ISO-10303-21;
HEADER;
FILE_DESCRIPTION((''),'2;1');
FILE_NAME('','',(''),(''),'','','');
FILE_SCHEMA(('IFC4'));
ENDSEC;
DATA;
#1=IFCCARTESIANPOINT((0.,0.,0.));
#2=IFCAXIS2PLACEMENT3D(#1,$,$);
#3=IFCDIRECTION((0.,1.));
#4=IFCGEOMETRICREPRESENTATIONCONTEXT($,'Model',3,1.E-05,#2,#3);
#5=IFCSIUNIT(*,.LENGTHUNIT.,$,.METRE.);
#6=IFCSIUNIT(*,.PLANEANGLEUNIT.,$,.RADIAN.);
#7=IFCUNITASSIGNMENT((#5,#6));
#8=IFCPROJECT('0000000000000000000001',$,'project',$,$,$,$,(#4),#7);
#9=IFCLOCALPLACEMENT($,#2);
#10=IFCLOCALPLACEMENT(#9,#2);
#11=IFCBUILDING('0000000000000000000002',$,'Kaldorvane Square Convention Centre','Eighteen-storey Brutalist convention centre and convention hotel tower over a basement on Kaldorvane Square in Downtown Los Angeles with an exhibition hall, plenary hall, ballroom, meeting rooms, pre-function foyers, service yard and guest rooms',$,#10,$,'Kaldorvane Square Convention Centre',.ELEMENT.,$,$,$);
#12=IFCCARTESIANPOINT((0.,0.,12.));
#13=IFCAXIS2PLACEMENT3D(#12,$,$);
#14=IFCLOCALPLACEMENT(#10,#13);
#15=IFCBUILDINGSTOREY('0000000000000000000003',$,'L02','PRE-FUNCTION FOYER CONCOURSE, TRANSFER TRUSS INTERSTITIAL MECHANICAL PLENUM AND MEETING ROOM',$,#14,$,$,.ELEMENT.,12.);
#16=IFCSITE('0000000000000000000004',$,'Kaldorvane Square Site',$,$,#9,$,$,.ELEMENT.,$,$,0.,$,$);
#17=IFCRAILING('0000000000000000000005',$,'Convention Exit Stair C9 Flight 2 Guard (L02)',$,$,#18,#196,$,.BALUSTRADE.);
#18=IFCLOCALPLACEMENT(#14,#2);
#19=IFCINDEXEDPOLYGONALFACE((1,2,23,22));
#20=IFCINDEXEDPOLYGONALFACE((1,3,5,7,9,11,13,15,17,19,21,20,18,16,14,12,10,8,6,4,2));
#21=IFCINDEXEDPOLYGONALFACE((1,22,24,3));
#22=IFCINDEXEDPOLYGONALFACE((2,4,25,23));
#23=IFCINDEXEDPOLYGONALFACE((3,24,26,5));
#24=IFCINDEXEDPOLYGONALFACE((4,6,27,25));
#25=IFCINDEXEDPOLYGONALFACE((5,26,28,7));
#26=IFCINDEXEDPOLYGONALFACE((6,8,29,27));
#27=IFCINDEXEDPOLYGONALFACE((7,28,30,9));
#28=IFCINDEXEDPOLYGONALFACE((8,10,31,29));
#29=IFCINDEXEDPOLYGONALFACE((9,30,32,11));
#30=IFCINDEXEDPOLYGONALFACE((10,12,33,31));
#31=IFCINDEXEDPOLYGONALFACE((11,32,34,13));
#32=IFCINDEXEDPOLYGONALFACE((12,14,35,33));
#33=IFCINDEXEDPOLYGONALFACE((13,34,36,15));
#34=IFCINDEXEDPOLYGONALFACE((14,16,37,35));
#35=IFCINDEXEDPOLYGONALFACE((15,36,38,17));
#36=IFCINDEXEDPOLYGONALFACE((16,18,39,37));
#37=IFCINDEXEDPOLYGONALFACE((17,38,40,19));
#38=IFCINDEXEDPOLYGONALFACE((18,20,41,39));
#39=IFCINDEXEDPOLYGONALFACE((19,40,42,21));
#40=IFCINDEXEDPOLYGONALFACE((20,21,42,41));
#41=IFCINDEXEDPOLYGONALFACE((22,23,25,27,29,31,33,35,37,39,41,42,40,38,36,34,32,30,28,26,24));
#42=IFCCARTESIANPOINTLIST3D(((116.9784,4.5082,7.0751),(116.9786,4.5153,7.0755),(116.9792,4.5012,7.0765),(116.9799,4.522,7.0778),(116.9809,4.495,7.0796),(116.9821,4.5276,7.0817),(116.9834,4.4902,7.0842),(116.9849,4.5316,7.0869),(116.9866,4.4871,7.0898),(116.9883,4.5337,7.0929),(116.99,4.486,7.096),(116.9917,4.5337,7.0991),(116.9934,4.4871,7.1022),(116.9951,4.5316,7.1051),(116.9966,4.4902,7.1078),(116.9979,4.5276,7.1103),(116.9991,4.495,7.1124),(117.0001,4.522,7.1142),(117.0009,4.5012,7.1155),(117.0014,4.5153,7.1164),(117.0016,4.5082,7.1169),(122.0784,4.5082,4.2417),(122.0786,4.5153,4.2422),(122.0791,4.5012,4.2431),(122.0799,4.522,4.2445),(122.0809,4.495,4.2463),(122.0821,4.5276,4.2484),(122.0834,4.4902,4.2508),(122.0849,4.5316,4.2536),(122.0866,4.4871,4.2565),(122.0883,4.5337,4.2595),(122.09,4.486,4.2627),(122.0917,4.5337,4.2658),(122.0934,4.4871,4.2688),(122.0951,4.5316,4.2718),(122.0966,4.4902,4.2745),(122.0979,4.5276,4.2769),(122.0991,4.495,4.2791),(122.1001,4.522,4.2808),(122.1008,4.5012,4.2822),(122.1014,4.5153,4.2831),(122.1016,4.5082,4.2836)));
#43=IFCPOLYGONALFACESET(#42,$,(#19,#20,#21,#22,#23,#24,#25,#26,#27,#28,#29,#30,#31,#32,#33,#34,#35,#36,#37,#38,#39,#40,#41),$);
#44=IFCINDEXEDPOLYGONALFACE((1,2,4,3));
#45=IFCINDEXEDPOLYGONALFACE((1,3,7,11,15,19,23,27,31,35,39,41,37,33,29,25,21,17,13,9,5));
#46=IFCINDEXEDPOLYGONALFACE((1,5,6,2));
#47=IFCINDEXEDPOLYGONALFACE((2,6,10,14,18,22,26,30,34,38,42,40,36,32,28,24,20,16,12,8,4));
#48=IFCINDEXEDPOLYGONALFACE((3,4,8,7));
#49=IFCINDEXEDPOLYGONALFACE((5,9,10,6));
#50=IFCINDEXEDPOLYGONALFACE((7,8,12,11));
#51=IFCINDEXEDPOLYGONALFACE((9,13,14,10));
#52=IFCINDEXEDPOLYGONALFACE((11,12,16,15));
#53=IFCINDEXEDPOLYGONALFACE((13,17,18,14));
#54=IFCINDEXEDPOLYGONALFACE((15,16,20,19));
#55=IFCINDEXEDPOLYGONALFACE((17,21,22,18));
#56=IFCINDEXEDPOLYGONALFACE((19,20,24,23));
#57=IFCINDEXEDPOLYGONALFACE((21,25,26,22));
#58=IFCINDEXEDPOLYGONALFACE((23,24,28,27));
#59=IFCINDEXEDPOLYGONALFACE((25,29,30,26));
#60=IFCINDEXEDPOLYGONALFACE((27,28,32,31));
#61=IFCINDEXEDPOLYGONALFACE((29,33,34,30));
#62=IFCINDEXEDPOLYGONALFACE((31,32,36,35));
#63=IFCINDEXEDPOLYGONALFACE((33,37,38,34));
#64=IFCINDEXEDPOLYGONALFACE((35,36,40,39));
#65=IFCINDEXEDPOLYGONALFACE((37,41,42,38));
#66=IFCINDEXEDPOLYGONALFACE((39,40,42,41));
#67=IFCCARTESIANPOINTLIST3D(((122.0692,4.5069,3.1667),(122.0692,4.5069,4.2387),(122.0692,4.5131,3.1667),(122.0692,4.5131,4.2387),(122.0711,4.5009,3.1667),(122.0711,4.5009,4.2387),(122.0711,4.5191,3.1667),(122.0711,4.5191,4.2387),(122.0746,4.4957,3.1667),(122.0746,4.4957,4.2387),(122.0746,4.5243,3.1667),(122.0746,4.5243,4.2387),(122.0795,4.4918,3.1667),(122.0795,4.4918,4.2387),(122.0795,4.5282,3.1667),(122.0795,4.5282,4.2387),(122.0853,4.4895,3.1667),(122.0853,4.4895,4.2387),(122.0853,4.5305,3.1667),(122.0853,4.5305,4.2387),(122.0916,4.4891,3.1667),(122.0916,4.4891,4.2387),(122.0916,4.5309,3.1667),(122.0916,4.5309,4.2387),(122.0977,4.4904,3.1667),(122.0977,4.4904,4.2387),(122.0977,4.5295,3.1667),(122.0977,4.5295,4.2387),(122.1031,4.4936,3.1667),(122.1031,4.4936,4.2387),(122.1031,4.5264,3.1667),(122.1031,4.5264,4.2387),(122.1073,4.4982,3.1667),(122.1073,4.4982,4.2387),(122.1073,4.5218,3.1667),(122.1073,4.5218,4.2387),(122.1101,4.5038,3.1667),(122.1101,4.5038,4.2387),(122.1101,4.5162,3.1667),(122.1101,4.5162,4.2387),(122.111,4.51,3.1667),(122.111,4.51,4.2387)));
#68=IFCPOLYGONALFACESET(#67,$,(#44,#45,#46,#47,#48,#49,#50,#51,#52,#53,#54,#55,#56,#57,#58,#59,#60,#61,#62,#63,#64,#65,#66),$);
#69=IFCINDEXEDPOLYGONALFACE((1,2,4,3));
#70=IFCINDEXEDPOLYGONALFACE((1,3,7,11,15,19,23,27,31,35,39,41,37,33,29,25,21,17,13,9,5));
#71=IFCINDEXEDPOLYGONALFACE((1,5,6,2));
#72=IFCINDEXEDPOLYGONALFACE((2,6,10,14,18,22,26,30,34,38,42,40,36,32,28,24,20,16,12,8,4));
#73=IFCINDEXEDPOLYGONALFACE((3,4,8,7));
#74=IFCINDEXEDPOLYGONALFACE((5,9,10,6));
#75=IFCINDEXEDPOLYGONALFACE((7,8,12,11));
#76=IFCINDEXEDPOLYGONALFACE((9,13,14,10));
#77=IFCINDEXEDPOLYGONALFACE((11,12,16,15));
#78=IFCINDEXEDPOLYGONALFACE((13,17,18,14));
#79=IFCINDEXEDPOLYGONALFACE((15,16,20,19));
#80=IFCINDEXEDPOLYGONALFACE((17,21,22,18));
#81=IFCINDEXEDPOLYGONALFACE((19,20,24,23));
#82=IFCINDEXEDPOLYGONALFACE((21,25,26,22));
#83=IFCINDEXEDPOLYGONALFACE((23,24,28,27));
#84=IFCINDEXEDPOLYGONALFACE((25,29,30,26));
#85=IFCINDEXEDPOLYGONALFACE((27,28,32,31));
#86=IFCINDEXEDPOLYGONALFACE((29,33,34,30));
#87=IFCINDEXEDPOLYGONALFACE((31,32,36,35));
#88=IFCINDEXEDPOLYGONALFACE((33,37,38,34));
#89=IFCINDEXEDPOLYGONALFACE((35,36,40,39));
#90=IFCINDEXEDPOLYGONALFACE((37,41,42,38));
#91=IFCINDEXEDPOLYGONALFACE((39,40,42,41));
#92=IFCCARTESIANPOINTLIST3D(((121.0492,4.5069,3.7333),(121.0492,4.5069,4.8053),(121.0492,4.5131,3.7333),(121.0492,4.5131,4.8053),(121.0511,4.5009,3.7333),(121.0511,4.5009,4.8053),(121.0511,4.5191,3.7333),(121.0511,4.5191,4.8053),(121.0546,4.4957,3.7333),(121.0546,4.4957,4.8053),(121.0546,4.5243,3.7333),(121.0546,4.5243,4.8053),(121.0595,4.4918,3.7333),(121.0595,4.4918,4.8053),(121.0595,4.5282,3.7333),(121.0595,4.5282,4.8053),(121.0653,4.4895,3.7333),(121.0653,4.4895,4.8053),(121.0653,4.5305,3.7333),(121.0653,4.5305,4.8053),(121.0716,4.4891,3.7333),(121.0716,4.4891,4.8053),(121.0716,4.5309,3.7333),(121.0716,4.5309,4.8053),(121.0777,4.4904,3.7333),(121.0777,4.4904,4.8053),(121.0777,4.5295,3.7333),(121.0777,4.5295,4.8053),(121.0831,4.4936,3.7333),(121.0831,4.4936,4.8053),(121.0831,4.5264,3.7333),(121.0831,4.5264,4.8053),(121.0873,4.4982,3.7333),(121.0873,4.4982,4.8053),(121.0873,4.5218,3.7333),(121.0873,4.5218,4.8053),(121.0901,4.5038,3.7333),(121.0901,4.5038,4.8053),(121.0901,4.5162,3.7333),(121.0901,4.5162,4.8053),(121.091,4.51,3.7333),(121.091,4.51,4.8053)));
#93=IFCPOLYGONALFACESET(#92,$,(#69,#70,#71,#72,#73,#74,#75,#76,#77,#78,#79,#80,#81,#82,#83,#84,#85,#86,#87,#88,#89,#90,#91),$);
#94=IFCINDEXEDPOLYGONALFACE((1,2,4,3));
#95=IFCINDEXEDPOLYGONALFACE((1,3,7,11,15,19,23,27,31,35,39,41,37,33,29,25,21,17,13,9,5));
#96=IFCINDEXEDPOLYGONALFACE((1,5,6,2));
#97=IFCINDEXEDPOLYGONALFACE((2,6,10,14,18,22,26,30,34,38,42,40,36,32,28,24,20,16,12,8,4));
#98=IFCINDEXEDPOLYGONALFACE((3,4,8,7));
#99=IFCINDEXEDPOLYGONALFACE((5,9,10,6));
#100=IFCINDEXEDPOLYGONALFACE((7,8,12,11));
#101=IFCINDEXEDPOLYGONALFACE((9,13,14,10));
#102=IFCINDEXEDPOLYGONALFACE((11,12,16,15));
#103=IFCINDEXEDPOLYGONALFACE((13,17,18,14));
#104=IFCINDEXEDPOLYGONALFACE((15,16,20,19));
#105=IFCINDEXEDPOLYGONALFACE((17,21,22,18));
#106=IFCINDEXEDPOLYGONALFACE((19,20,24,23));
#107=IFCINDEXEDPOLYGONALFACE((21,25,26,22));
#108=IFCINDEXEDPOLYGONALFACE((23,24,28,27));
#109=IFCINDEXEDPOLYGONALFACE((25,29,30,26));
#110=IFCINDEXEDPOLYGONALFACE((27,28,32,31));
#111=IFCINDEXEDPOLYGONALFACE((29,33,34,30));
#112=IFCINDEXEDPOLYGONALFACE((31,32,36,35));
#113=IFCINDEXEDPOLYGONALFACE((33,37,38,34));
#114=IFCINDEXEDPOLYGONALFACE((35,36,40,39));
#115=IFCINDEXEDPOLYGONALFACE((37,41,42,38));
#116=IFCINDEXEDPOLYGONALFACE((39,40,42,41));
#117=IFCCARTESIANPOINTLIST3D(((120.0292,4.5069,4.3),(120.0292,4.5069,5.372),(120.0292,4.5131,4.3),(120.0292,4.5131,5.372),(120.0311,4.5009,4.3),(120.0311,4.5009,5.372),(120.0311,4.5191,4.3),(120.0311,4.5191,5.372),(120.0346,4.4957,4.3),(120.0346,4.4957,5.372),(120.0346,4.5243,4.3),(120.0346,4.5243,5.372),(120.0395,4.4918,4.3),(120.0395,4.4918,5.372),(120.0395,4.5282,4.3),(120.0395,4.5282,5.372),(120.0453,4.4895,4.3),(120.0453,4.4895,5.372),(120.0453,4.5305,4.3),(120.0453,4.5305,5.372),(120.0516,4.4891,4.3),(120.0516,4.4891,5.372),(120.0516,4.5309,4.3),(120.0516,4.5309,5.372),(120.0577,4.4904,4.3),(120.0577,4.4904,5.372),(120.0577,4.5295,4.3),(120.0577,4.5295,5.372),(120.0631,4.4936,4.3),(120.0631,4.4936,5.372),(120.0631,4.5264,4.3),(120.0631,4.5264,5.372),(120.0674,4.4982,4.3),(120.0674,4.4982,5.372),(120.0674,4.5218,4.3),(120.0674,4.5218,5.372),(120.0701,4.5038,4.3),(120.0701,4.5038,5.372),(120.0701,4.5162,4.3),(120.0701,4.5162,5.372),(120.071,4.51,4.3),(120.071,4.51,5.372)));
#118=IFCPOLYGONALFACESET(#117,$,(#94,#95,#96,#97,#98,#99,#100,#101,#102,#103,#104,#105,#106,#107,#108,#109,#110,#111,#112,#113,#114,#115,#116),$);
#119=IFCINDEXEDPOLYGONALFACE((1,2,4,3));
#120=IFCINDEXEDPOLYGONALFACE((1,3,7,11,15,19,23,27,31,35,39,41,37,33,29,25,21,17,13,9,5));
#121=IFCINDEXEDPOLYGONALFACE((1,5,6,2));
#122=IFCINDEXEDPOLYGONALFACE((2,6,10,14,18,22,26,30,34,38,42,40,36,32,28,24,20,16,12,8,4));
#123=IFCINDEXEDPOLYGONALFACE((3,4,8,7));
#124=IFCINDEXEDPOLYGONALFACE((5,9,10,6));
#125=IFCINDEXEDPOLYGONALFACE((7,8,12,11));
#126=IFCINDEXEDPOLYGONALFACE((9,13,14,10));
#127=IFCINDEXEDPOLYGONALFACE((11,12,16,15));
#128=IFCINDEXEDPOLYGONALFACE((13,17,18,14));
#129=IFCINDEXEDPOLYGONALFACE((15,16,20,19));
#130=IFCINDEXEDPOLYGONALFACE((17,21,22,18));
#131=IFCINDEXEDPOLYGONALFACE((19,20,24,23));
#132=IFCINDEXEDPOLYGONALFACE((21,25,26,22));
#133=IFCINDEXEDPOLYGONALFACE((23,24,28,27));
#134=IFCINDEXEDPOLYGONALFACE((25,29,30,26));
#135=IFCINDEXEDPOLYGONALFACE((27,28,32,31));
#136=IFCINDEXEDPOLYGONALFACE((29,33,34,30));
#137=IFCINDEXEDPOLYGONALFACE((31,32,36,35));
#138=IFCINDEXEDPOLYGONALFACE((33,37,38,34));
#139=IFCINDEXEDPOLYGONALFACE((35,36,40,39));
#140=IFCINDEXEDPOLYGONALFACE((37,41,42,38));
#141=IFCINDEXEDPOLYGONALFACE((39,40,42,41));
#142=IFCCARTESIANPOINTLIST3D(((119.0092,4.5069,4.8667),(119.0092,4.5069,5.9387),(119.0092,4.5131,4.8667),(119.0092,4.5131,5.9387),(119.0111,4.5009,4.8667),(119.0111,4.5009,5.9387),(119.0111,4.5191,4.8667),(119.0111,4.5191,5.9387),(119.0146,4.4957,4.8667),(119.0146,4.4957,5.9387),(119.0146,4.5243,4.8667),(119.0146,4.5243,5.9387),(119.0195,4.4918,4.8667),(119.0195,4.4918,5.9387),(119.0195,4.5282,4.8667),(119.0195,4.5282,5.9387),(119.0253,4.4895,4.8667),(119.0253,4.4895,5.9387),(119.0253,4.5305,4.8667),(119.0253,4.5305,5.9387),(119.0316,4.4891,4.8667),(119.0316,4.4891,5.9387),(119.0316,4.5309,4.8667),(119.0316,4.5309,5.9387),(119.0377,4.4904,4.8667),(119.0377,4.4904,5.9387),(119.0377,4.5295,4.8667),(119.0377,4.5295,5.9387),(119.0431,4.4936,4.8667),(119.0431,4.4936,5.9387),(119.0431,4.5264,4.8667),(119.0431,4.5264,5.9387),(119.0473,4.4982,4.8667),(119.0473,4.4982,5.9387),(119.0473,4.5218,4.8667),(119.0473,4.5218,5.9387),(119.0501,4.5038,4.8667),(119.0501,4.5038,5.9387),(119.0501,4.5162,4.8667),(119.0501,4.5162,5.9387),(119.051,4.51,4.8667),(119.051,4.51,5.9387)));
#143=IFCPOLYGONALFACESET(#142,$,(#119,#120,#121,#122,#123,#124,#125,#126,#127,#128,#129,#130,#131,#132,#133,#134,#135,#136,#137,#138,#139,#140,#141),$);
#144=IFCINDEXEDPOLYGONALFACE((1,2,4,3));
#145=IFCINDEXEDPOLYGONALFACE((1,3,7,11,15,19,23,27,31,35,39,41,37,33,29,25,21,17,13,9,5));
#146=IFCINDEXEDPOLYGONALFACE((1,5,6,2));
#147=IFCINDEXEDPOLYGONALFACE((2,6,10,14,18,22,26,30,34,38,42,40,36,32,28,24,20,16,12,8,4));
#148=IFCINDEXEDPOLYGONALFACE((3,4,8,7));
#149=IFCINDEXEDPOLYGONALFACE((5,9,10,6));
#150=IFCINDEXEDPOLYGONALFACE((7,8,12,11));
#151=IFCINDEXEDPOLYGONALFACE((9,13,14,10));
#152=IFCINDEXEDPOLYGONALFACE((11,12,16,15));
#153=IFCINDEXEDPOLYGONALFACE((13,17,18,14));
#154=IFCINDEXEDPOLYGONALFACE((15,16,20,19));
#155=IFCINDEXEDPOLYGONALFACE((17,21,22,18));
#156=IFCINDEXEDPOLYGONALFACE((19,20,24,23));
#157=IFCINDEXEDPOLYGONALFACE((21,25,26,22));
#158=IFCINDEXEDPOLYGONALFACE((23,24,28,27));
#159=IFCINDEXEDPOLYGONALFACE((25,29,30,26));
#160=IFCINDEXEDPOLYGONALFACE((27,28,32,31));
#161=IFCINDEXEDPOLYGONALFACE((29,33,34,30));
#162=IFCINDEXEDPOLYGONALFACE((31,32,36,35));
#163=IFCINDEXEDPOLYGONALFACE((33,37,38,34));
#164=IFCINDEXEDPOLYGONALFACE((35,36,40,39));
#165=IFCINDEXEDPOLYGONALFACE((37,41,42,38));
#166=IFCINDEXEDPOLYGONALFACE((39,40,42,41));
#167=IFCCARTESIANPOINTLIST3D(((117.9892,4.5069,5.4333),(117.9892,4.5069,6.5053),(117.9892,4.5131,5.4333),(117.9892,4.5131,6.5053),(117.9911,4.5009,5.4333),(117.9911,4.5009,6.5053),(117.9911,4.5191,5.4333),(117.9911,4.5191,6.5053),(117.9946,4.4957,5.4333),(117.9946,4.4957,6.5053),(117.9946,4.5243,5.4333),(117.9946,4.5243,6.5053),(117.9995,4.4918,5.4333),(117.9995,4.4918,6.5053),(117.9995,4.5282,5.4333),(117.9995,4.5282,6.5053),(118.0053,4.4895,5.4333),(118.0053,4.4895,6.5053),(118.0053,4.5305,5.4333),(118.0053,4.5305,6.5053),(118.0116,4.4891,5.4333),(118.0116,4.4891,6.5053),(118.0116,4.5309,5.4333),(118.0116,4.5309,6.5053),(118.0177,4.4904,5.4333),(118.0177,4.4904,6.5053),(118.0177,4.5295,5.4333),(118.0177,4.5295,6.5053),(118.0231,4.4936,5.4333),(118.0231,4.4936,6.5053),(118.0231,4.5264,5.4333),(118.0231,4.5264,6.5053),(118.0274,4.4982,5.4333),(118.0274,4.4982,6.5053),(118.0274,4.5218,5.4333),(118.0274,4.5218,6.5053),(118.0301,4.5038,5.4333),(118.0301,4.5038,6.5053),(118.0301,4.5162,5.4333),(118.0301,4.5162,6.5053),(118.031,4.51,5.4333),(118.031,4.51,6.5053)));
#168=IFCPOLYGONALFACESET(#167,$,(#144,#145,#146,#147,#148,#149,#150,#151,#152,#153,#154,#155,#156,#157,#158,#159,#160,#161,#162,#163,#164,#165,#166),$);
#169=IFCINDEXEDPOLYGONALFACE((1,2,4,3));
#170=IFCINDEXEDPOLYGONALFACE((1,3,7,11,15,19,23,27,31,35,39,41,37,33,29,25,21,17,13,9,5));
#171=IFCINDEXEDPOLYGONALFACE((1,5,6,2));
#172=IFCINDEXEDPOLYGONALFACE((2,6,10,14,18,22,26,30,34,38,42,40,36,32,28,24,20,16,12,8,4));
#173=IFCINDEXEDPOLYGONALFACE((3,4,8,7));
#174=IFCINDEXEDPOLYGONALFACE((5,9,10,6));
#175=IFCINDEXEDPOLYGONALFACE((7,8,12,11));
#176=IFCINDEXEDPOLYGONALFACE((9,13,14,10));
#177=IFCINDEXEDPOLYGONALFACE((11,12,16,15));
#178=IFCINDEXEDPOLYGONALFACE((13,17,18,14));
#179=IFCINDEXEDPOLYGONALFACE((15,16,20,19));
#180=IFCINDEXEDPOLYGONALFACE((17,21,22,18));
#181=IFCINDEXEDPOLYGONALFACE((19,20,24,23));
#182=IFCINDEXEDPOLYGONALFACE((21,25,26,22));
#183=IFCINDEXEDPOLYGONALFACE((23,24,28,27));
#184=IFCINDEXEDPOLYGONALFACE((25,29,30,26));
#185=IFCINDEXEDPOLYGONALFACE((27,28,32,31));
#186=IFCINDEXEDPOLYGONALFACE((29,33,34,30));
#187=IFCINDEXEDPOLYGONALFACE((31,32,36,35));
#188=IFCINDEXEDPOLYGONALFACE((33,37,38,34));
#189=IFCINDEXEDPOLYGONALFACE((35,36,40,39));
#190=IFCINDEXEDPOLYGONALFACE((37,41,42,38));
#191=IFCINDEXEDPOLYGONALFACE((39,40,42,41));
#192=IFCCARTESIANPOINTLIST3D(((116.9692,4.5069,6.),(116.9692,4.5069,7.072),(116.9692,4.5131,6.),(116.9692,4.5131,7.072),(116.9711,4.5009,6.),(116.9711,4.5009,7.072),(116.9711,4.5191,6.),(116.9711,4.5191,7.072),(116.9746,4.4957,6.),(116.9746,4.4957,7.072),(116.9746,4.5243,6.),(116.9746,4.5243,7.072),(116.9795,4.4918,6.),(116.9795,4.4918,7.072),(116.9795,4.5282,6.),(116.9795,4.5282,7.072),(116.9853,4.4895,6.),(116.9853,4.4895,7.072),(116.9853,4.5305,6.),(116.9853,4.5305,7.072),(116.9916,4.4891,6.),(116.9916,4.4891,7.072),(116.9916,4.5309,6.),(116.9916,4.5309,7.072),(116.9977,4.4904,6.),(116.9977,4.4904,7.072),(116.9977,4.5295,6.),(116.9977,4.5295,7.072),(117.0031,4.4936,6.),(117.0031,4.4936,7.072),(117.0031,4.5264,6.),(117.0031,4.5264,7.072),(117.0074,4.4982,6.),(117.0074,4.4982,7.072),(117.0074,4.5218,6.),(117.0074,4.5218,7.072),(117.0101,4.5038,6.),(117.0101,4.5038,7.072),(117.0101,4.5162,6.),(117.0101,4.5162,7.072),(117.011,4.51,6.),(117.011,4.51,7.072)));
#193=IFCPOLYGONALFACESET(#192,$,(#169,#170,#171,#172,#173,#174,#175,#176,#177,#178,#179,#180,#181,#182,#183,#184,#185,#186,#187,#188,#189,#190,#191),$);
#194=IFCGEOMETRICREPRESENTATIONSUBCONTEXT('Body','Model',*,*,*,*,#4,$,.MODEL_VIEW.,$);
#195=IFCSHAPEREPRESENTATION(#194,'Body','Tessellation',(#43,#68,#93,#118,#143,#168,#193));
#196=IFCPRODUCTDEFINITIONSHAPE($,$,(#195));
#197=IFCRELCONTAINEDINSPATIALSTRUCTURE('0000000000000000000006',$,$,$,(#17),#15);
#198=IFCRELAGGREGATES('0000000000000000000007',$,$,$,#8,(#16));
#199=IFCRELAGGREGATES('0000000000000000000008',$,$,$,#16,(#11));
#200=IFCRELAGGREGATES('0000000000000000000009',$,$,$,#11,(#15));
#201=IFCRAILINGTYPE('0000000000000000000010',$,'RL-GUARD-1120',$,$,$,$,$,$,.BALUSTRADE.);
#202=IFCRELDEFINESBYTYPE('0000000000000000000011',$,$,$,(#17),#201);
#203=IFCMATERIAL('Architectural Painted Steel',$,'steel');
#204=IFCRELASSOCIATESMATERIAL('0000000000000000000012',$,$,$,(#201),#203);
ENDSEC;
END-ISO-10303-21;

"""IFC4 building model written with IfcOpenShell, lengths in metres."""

from ifc_helpers import new_model, si_unit, direction, frame, origin, origin_2d, place, context, subcontext, project, spatial, circle, extrude, material, type_object, element, save


model = new_model("IFC4")

# Units and contexts
model_context = context("Model", 3, precision=1e-05, world=origin(), true_north=direction((0.0, 1.0)))
body_context = subcontext(model_context, "Body", "Model", "MODEL_VIEW")
ifc_project = project(units=[si_unit("LENGTHUNIT", "METRE"), si_unit("PLANEANGLEUNIT", "RADIAN")], contexts=[model_context])

# Site, building, storey
site_placement = place(None, origin())
site = spatial("IfcSite", under=ifc_project, at=site_placement, Name="Kaldorvane Square Site", CompositionType="ELEMENT", RefElevation=0.0)
building_placement = place(site_placement, origin())
building = spatial("IfcBuilding", under=site, at=building_placement, Name="Kaldorvane Square Convention Centre", Description="Eighteen-storey Brutalist convention centre and convention hotel tower over a basement on Kaldorvane Square in Downtown Los Angeles with an exhibition hall, plenary hall, ballroom, meeting rooms, pre-function foyers, service yard and guest rooms", LongName="Kaldorvane Square Convention Centre", CompositionType="ELEMENT")
storey_placement = place(building_placement, frame((0.0, 0.0, 12.0)))
storey = spatial("IfcBuildingStorey", under=building, at=storey_placement, Name="L02", Description="PRE-FUNCTION FOYER CONCOURSE, TRANSFER TRUSS INTERSTITIAL MECHANICAL PLENUM AND MEETING ROOM", CompositionType="ELEMENT", Elevation=12.0)

# Railing
ifc_material_1 = material(Name="Architectural Painted Steel", Category="steel")
railing_type_1 = type_object("IfcRailingType", Name="RL-GUARD-1120", PredefinedType="BALUSTRADE", material=ifc_material_1)
railing_1_placement = place(storey_placement, frame((122.09, 4.51, 3.1667)))
element("IfcRailing", 1, at=railing_1_placement, inside=storey, type_object=railing_type_1, Name="Convention Exit Stair C9 Flight 2 Guard (L02)", PredefinedType="BALUSTRADE", context=body_context, shape_type="SweptSolid", body=[
    extrude(circle(Radius=0.024, at=origin_2d()), frame((0.0, 0.0, 1.096), z_axis=(-0.874157, 0.0, 0.485643), x_axis=(0.0, -1.0, 0.0)), (0.0, 0.0, 1.0), 5.8342),
    extrude(circle(Radius=0.021, at=origin_2d()), origin(), (0.0, 0.0, 1.0), 1.072),
    extrude(circle(Radius=0.021, at=origin_2d()), frame((-1.02, 0.0, 0.5667)), (0.0, 0.0, 1.0), 1.072),
    extrude(circle(Radius=0.021, at=origin_2d()), frame((-2.04, 0.0, 1.1333)), (0.0, 0.0, 1.0), 1.072),
    extrude(circle(Radius=0.021, at=origin_2d()), frame((-3.06, 0.0, 1.7)), (0.0, 0.0, 1.0), 1.072),
    extrude(circle(Radius=0.021, at=origin_2d()), frame((-4.08, 0.0, 2.2667)), (0.0, 0.0, 1.0), 1.072),
    extrude(circle(Radius=0.021, at=origin_2d()), frame((-5.1, 0.0, 2.8333)), (0.0, 0.0, 1.0), 1.072),
])

save(model, "model.ifc")
